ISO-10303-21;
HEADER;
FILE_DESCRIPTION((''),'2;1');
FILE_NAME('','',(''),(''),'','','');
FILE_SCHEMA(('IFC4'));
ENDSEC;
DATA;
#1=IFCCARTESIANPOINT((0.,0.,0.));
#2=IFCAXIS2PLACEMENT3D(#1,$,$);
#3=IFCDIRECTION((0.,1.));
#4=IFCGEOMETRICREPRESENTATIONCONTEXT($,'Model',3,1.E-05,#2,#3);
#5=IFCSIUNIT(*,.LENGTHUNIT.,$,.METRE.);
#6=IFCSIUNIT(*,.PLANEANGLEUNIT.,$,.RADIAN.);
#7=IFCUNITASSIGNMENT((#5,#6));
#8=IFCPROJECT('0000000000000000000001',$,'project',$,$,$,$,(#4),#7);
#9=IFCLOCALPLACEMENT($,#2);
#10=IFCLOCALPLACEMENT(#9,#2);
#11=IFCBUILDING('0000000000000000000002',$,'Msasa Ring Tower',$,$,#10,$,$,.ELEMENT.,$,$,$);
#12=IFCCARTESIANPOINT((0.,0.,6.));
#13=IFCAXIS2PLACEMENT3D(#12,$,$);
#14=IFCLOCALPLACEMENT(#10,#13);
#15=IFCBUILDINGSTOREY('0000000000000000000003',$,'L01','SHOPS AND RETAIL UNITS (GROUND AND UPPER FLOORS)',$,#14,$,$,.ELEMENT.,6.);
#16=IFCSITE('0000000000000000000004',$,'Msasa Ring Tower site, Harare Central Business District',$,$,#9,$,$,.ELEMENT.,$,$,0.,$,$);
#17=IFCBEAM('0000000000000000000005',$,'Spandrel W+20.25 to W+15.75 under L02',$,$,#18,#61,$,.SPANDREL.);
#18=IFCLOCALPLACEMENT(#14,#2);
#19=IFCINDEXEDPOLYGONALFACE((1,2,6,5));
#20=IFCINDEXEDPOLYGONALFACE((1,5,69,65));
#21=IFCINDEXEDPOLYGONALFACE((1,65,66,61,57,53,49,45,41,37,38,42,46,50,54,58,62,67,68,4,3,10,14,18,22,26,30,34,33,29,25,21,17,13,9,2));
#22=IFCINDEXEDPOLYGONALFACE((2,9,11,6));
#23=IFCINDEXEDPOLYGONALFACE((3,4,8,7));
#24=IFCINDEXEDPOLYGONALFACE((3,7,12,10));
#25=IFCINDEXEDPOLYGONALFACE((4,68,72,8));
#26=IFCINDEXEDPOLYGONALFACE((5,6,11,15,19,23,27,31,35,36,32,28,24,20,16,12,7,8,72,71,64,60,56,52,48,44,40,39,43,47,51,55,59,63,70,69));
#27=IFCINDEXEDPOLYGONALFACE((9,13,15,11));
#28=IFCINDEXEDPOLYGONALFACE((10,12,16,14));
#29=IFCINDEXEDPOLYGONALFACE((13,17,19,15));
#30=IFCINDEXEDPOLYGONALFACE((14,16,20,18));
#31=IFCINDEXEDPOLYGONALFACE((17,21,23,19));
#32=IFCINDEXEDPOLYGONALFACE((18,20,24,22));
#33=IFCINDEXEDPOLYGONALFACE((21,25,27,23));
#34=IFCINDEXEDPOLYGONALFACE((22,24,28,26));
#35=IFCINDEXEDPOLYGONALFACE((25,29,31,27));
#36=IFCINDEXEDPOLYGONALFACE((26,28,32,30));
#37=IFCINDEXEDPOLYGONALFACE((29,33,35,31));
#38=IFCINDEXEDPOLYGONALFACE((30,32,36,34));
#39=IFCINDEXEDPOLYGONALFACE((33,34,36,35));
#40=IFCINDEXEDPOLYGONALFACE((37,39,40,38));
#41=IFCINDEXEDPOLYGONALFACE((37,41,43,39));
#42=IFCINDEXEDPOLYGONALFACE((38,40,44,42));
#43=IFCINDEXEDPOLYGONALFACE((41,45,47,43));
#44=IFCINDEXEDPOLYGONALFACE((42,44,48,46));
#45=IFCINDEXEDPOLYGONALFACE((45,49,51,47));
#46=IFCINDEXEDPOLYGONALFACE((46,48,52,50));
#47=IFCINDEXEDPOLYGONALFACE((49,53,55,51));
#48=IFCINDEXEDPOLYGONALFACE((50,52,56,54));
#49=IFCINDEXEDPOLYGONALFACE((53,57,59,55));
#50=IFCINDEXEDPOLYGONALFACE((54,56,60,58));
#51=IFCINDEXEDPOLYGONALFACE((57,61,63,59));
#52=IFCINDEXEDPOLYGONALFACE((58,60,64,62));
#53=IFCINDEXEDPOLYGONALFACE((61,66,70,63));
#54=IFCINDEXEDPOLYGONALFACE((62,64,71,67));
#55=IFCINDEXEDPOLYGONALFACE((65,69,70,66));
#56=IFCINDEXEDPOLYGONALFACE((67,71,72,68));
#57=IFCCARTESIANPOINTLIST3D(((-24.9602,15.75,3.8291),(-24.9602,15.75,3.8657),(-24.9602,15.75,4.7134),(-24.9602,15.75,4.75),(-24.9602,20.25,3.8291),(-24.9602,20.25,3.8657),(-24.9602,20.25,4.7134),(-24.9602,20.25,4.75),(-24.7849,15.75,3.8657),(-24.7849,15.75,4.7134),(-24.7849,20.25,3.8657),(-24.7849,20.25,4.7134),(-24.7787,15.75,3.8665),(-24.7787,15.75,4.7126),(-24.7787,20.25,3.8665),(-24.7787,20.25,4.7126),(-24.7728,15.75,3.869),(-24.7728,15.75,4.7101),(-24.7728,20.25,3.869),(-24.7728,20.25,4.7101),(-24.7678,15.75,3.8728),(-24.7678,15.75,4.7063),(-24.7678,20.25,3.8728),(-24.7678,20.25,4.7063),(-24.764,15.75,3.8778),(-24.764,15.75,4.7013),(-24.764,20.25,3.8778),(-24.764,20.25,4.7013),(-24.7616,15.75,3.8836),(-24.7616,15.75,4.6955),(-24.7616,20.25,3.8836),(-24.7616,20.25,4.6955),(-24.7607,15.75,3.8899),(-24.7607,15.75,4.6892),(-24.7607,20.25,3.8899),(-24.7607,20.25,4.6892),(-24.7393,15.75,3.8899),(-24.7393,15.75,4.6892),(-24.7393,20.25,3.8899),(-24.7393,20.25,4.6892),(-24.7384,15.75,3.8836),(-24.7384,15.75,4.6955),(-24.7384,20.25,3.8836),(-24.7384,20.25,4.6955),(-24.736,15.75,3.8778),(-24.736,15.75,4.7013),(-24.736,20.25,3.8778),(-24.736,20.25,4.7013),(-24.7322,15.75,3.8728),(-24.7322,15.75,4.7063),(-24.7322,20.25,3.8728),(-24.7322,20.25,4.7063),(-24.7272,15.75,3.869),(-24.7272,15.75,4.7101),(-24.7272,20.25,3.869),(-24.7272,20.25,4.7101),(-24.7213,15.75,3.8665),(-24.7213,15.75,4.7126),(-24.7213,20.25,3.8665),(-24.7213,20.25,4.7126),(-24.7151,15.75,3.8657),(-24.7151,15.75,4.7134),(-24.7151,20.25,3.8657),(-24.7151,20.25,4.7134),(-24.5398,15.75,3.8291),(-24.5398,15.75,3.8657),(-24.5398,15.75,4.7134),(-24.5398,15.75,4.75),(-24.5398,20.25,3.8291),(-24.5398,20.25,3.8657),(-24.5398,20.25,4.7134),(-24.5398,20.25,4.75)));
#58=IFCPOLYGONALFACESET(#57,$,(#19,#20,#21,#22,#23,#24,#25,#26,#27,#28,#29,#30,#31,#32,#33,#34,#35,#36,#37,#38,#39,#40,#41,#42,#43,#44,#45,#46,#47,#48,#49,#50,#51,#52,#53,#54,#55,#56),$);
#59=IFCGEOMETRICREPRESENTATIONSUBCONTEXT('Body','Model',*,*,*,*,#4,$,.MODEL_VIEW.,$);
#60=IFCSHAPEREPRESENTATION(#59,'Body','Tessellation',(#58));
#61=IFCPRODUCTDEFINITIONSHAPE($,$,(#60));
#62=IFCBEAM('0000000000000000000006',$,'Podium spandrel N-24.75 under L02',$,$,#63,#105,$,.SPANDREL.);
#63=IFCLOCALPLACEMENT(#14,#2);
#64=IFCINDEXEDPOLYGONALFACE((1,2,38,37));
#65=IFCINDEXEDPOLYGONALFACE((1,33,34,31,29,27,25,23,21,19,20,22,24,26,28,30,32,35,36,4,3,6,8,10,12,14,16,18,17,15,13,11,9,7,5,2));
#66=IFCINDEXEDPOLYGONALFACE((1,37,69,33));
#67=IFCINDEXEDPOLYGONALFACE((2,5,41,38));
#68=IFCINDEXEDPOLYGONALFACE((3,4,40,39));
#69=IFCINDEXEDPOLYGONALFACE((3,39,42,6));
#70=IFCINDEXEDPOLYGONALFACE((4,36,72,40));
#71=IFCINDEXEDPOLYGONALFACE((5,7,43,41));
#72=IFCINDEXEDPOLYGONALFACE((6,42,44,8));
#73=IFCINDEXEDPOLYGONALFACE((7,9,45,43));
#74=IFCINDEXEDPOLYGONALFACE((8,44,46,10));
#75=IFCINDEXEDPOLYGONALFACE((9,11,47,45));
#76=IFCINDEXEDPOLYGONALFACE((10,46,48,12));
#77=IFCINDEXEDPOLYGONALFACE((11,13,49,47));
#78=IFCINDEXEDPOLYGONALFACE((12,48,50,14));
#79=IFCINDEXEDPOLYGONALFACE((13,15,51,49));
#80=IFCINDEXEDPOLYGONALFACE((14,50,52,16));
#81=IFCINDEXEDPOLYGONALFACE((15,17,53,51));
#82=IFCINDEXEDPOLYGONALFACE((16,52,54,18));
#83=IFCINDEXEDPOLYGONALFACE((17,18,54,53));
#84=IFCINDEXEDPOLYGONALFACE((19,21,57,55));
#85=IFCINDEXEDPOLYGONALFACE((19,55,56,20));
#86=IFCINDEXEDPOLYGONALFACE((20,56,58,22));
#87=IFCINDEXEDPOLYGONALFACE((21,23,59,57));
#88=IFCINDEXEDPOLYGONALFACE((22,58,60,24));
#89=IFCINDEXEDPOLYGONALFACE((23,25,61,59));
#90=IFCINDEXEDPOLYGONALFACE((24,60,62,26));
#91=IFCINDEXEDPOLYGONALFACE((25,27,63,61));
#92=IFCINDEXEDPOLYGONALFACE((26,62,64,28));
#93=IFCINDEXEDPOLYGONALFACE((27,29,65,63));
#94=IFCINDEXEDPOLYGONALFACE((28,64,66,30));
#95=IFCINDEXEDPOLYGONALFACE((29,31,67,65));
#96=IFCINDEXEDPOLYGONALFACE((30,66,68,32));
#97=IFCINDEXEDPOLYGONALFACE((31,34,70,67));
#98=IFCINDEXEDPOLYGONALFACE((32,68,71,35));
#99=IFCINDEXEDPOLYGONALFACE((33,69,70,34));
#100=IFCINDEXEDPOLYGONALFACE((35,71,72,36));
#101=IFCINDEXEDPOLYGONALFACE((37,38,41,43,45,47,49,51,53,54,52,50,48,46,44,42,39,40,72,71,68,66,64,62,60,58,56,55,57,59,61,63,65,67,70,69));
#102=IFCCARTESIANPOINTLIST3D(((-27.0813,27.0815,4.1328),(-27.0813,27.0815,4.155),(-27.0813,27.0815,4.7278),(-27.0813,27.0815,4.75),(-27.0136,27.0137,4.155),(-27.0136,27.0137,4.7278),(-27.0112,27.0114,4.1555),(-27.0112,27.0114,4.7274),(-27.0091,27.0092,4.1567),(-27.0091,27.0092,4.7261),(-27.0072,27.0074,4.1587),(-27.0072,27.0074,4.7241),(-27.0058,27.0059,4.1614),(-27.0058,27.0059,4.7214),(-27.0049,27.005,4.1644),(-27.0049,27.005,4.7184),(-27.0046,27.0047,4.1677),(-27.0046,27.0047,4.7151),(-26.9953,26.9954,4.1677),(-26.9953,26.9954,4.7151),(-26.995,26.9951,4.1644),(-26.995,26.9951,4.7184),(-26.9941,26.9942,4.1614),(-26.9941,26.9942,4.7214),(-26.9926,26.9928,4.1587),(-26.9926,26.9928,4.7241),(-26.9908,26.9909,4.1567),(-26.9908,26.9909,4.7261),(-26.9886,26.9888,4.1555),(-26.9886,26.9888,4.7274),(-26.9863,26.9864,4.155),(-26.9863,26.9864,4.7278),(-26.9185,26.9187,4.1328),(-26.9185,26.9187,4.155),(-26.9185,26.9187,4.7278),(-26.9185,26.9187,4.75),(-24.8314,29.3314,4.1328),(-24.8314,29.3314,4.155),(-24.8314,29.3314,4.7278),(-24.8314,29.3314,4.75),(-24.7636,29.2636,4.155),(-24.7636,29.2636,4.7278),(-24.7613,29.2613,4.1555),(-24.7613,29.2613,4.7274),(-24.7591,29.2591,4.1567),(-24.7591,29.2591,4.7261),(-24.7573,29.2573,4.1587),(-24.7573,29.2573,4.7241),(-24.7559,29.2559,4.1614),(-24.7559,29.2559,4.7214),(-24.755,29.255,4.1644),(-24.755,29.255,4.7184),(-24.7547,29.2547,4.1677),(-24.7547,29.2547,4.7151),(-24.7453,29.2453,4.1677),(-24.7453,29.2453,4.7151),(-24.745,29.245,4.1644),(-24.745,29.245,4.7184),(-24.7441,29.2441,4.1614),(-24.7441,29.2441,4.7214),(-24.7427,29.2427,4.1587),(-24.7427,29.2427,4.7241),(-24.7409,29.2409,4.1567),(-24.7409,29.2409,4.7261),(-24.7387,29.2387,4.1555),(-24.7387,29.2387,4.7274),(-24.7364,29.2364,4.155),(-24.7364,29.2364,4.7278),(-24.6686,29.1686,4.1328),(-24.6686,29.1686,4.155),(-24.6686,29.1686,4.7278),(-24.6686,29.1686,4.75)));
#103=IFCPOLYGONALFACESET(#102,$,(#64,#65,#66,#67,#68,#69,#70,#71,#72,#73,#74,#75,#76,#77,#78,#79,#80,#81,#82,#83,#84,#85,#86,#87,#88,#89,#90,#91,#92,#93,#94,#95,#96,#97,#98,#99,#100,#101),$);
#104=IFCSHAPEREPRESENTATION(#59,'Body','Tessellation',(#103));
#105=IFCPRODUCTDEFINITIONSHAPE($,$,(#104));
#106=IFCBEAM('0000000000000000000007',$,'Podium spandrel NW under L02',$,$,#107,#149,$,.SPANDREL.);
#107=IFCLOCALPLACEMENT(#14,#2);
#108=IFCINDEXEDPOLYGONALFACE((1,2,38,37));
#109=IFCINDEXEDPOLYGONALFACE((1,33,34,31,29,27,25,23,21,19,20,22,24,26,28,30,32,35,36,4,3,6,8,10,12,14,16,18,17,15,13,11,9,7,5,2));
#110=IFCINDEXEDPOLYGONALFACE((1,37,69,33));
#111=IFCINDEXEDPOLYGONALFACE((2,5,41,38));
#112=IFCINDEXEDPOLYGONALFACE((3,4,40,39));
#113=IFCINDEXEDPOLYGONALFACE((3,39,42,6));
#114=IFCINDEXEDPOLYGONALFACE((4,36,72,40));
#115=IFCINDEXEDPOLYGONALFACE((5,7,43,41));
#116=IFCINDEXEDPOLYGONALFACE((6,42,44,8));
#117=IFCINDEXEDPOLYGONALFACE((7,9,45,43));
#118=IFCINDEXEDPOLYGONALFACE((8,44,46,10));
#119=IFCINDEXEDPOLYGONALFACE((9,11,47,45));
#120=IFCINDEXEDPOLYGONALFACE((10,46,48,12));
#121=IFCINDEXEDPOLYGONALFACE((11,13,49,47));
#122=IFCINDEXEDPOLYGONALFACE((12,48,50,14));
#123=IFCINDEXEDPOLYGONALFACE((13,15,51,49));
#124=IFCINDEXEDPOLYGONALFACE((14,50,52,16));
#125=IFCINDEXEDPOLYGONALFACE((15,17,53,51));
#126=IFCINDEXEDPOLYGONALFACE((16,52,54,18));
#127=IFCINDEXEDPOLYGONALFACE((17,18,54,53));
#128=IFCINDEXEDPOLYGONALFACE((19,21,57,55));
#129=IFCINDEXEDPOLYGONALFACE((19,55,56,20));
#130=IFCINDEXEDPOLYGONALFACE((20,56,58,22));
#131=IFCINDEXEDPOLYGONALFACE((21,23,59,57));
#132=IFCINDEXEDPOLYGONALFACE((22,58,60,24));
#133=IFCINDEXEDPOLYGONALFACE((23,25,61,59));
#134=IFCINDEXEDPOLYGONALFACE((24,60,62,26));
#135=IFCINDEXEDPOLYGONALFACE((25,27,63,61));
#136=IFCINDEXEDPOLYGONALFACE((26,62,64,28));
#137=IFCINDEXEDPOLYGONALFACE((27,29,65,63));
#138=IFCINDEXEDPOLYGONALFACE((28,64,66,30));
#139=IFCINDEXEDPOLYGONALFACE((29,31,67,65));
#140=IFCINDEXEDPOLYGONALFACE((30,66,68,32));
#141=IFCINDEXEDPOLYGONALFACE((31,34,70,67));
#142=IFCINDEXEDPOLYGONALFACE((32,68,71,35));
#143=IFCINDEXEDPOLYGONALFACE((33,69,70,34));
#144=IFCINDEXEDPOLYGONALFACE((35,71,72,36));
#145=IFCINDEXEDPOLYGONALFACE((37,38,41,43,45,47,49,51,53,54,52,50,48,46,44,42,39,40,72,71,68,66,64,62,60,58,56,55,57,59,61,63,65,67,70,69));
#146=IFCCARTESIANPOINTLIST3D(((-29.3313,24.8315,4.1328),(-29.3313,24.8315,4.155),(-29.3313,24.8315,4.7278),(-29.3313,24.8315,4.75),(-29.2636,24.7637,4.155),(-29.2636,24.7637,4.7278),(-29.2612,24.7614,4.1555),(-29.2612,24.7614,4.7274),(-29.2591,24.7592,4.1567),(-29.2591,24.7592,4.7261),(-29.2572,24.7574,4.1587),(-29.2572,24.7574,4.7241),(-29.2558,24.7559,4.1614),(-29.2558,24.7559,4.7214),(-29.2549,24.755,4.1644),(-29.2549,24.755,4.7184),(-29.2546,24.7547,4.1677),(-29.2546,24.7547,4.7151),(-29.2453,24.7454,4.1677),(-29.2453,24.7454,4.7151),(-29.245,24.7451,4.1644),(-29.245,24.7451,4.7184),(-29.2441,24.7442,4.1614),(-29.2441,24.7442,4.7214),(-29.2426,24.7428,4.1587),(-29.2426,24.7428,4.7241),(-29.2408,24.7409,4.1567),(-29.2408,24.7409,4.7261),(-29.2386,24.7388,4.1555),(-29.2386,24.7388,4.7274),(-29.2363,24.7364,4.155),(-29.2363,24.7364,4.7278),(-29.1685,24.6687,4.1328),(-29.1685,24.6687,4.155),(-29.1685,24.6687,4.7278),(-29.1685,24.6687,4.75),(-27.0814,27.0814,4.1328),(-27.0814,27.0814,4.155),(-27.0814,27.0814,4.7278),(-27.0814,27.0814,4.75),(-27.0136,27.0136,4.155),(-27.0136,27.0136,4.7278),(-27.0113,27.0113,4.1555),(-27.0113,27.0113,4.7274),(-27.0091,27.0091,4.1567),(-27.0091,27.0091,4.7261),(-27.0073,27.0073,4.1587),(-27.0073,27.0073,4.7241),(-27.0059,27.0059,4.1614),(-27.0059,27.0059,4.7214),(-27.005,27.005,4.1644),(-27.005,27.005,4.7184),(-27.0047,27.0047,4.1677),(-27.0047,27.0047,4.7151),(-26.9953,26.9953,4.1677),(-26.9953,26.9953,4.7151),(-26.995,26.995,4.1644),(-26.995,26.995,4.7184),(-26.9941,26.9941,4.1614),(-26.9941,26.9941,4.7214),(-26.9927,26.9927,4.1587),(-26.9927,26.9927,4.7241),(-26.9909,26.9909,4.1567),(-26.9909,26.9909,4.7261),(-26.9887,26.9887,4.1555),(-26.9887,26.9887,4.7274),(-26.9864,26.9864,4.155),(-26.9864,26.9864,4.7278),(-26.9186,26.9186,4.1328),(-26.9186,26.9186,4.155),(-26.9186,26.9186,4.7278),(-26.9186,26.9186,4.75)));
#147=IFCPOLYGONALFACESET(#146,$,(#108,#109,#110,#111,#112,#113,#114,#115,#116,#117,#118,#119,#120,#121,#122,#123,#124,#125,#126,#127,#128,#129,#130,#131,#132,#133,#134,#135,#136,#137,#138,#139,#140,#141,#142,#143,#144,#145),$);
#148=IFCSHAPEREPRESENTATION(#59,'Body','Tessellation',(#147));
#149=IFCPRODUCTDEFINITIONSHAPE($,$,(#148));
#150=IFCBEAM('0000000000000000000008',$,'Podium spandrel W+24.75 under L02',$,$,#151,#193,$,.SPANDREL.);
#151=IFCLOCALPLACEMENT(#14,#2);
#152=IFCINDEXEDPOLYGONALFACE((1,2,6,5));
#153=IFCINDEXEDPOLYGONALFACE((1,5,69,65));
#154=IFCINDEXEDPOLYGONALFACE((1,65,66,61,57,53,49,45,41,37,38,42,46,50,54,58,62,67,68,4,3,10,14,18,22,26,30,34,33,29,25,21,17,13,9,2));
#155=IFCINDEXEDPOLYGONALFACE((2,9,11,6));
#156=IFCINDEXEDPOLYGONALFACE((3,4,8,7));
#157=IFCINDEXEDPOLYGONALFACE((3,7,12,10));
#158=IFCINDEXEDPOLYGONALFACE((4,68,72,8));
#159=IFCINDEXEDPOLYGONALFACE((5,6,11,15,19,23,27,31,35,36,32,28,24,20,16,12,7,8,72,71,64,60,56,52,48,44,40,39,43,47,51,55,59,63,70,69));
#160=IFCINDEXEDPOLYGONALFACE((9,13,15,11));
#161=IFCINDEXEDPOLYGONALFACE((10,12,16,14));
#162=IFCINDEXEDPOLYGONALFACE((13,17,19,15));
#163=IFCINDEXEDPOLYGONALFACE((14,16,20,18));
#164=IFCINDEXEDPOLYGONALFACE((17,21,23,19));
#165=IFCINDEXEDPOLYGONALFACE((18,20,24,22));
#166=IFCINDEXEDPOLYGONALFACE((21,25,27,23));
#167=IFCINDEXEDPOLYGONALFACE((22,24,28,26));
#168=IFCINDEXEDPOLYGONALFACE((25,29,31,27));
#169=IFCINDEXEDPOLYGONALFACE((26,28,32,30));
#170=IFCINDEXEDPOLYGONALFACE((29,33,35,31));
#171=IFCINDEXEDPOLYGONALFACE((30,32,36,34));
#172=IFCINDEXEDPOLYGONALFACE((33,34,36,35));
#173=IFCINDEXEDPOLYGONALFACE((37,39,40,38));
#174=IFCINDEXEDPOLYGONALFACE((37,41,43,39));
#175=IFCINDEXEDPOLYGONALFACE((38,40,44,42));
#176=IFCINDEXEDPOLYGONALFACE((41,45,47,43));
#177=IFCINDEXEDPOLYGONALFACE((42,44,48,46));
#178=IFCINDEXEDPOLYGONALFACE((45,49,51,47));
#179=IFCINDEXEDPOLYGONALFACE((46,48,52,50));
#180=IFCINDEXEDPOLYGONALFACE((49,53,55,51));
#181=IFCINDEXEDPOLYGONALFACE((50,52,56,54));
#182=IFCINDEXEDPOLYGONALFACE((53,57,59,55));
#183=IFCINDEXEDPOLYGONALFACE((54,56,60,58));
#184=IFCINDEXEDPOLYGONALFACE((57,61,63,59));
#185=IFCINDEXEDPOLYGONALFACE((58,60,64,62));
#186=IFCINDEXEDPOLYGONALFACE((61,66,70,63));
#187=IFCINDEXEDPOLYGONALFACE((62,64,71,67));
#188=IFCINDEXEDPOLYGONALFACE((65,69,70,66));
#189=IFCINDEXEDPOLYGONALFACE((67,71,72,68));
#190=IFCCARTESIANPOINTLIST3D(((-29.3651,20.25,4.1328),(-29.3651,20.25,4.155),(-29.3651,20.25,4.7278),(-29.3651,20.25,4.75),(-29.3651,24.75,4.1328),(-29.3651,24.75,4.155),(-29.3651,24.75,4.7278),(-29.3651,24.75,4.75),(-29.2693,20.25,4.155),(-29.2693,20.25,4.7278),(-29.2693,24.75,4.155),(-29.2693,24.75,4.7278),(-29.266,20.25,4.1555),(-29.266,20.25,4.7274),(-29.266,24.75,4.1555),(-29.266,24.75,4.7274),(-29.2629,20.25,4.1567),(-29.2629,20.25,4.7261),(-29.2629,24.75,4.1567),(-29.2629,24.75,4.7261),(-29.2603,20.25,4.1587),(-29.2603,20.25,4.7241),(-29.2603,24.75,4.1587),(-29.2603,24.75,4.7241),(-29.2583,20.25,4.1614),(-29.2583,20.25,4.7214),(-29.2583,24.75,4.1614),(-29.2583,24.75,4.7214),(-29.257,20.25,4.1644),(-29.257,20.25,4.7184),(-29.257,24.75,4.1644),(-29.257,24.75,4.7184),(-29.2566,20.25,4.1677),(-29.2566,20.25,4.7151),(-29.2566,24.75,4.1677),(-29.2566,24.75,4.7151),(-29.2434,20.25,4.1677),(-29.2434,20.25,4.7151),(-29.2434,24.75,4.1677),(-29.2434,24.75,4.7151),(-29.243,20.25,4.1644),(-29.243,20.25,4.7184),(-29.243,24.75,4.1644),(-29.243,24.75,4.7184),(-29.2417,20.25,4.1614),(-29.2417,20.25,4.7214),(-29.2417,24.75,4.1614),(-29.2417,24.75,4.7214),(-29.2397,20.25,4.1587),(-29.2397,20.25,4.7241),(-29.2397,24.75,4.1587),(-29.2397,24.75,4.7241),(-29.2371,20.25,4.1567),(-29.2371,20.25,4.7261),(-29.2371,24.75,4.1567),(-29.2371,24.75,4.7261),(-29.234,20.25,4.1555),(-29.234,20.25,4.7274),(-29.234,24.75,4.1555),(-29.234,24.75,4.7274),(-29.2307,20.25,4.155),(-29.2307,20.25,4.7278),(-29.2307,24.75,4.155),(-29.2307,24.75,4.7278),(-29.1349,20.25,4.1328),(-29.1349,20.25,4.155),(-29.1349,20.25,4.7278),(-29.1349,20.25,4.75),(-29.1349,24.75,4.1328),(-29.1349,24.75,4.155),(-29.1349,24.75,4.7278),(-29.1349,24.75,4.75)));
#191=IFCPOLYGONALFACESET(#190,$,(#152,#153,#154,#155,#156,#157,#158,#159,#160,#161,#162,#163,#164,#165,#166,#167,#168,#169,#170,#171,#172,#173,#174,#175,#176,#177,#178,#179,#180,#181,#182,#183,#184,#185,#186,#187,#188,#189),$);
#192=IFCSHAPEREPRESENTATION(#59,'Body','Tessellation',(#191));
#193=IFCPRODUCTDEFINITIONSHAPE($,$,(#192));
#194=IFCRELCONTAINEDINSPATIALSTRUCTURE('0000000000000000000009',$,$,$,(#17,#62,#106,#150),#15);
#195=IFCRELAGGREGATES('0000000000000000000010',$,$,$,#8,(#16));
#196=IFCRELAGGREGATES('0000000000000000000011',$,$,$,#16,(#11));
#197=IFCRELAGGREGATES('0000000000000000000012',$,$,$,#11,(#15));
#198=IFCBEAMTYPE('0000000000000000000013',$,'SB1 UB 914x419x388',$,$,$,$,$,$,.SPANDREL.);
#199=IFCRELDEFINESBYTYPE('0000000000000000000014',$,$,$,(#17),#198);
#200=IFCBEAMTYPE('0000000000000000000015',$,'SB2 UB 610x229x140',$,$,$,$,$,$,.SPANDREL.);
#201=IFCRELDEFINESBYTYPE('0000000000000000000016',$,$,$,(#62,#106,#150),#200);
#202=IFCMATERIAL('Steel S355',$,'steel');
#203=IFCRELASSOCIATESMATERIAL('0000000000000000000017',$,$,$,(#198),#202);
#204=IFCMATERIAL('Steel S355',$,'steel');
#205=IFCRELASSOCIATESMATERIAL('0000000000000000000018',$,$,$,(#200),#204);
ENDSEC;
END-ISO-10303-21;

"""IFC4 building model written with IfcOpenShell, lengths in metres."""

from ifc_helpers import new_model, si_unit, direction, frame, origin, origin_2d, place, context, subcontext, project, spatial, i_section, extrude, material, material_profile, profile_set, type_object, element, save


model = new_model("IFC4")

# Units and contexts
model_context = context("Model", 3, precision=1e-05, world=origin(), true_north=direction((0.0, 1.0)))
body_context = subcontext(model_context, "Body", "Model", "MODEL_VIEW")
ifc_project = project(units=[si_unit("LENGTHUNIT", "METRE"), si_unit("PLANEANGLEUNIT", "RADIAN")], contexts=[model_context])

# Site, building, storey
site_placement = place(None, origin())
site = spatial("IfcSite", under=ifc_project, at=site_placement, Name="Msasa Ring Tower site, Harare Central Business District", CompositionType="ELEMENT", RefElevation=0.0)
building_placement = place(site_placement, origin())
building = spatial("IfcBuilding", under=site, at=building_placement, Name="Msasa Ring Tower", CompositionType="ELEMENT")
storey_placement = place(building_placement, frame((0.0, 0.0, 6.0)))
storey = spatial("IfcBuildingStorey", under=building, at=storey_placement, Name="L01", Description="SHOPS AND RETAIL UNITS (GROUND AND UPPER FLOORS)", CompositionType="ELEMENT", Elevation=6.0)

# Beams
ifc_material_1 = material(Name="Steel S355", Category="steel")
ifc_material_profile_1 = material_profile(ifc_material_1, i_section(OverallWidth=0.4204, OverallDepth=0.9209, WebThickness=0.0215, FlangeThickness=0.0366, FilletRadius=0.0242, at=origin_2d()), Name="UB 914x419x388")
ifc_profile_set_1 = profile_set([ifc_material_profile_1], Name="Steel S355")
beam_type_1 = type_object("IfcBeamType", Name="SB1 UB 914x419x388", PredefinedType="SPANDREL", material=ifc_profile_set_1)
beam_1_placement = place(storey_placement, frame((-24.75, 20.25, 4.2896), z_axis=(0.0, -1.0, 0.0), x_axis=(1.0, 0.0, 0.0)))
element("IfcBeam", 1, at=beam_1_placement, inside=storey, type_object=beam_type_1, Name="Spandrel W+20.25 to W+15.75 under L02", PredefinedType="SPANDREL", context=body_context, shape_type="SweptSolid", body=[
    extrude(i_section(OverallWidth=0.4204, OverallDepth=0.9209, WebThickness=0.0215, FlangeThickness=0.0366, FilletRadius=0.0242, at=origin_2d()), origin(), (0.0, 0.0, 1.0), 4.5),
])
ifc_material_2 = material(Name="Steel S355", Category="steel")
ifc_material_profile_2 = material_profile(ifc_material_2, i_section(OverallWidth=0.2302, OverallDepth=0.6172, WebThickness=0.0132, FlangeThickness=0.0222, FilletRadius=0.0127, at=origin_2d()), Name="UB 610x229x140")
ifc_profile_set_2 = profile_set([ifc_material_profile_2], Name="Steel S355")
beam_type_2 = type_object("IfcBeamType", Name="SB2 UB 610x229x140", PredefinedType="SPANDREL", material=ifc_profile_set_2)
for number, where, z_axis, x_axis, name in (
    (2, (-24.75, 29.25, 4.4414), (-0.707107, -0.707107, 0.0), (0.707107, -0.707107, 0.0), "Podium spandrel N-24.75 under L02"),
    (3, (-27.0, 27.0, 4.4414), (-0.707107, -0.707107, 0.0), (0.707107, -0.707107, 0.0), "Podium spandrel NW under L02"),
):
    element("IfcBeam", number, at=place(storey_placement, frame(where, z_axis=z_axis, x_axis=x_axis)), inside=storey, type_object=beam_type_2, Name=name, PredefinedType="SPANDREL", context=body_context, shape_type="SweptSolid", body=[
        extrude(i_section(OverallWidth=0.2302, OverallDepth=0.6172, WebThickness=0.0132, FlangeThickness=0.0222, FilletRadius=0.0127, at=origin_2d()), origin(), (0.0, 0.0, 1.0), 3.1819),
    ])
beam_2_placement = place(storey_placement, frame((-29.25, 24.75, 4.4414), z_axis=(0.0, -1.0, 0.0), x_axis=(1.0, 0.0, 0.0)))
element("IfcBeam", 4, at=beam_2_placement, inside=storey, type_object=beam_type_2, Name="Podium spandrel W+24.75 under L02", PredefinedType="SPANDREL", context=body_context, shape_type="SweptSolid", body=[
    extrude(i_section(OverallWidth=0.2302, OverallDepth=0.6172, WebThickness=0.0132, FlangeThickness=0.0222, FilletRadius=0.0127, at=origin_2d()), origin(), (0.0, 0.0, 1.0), 4.5),
])

save(model, "model.ifc")
